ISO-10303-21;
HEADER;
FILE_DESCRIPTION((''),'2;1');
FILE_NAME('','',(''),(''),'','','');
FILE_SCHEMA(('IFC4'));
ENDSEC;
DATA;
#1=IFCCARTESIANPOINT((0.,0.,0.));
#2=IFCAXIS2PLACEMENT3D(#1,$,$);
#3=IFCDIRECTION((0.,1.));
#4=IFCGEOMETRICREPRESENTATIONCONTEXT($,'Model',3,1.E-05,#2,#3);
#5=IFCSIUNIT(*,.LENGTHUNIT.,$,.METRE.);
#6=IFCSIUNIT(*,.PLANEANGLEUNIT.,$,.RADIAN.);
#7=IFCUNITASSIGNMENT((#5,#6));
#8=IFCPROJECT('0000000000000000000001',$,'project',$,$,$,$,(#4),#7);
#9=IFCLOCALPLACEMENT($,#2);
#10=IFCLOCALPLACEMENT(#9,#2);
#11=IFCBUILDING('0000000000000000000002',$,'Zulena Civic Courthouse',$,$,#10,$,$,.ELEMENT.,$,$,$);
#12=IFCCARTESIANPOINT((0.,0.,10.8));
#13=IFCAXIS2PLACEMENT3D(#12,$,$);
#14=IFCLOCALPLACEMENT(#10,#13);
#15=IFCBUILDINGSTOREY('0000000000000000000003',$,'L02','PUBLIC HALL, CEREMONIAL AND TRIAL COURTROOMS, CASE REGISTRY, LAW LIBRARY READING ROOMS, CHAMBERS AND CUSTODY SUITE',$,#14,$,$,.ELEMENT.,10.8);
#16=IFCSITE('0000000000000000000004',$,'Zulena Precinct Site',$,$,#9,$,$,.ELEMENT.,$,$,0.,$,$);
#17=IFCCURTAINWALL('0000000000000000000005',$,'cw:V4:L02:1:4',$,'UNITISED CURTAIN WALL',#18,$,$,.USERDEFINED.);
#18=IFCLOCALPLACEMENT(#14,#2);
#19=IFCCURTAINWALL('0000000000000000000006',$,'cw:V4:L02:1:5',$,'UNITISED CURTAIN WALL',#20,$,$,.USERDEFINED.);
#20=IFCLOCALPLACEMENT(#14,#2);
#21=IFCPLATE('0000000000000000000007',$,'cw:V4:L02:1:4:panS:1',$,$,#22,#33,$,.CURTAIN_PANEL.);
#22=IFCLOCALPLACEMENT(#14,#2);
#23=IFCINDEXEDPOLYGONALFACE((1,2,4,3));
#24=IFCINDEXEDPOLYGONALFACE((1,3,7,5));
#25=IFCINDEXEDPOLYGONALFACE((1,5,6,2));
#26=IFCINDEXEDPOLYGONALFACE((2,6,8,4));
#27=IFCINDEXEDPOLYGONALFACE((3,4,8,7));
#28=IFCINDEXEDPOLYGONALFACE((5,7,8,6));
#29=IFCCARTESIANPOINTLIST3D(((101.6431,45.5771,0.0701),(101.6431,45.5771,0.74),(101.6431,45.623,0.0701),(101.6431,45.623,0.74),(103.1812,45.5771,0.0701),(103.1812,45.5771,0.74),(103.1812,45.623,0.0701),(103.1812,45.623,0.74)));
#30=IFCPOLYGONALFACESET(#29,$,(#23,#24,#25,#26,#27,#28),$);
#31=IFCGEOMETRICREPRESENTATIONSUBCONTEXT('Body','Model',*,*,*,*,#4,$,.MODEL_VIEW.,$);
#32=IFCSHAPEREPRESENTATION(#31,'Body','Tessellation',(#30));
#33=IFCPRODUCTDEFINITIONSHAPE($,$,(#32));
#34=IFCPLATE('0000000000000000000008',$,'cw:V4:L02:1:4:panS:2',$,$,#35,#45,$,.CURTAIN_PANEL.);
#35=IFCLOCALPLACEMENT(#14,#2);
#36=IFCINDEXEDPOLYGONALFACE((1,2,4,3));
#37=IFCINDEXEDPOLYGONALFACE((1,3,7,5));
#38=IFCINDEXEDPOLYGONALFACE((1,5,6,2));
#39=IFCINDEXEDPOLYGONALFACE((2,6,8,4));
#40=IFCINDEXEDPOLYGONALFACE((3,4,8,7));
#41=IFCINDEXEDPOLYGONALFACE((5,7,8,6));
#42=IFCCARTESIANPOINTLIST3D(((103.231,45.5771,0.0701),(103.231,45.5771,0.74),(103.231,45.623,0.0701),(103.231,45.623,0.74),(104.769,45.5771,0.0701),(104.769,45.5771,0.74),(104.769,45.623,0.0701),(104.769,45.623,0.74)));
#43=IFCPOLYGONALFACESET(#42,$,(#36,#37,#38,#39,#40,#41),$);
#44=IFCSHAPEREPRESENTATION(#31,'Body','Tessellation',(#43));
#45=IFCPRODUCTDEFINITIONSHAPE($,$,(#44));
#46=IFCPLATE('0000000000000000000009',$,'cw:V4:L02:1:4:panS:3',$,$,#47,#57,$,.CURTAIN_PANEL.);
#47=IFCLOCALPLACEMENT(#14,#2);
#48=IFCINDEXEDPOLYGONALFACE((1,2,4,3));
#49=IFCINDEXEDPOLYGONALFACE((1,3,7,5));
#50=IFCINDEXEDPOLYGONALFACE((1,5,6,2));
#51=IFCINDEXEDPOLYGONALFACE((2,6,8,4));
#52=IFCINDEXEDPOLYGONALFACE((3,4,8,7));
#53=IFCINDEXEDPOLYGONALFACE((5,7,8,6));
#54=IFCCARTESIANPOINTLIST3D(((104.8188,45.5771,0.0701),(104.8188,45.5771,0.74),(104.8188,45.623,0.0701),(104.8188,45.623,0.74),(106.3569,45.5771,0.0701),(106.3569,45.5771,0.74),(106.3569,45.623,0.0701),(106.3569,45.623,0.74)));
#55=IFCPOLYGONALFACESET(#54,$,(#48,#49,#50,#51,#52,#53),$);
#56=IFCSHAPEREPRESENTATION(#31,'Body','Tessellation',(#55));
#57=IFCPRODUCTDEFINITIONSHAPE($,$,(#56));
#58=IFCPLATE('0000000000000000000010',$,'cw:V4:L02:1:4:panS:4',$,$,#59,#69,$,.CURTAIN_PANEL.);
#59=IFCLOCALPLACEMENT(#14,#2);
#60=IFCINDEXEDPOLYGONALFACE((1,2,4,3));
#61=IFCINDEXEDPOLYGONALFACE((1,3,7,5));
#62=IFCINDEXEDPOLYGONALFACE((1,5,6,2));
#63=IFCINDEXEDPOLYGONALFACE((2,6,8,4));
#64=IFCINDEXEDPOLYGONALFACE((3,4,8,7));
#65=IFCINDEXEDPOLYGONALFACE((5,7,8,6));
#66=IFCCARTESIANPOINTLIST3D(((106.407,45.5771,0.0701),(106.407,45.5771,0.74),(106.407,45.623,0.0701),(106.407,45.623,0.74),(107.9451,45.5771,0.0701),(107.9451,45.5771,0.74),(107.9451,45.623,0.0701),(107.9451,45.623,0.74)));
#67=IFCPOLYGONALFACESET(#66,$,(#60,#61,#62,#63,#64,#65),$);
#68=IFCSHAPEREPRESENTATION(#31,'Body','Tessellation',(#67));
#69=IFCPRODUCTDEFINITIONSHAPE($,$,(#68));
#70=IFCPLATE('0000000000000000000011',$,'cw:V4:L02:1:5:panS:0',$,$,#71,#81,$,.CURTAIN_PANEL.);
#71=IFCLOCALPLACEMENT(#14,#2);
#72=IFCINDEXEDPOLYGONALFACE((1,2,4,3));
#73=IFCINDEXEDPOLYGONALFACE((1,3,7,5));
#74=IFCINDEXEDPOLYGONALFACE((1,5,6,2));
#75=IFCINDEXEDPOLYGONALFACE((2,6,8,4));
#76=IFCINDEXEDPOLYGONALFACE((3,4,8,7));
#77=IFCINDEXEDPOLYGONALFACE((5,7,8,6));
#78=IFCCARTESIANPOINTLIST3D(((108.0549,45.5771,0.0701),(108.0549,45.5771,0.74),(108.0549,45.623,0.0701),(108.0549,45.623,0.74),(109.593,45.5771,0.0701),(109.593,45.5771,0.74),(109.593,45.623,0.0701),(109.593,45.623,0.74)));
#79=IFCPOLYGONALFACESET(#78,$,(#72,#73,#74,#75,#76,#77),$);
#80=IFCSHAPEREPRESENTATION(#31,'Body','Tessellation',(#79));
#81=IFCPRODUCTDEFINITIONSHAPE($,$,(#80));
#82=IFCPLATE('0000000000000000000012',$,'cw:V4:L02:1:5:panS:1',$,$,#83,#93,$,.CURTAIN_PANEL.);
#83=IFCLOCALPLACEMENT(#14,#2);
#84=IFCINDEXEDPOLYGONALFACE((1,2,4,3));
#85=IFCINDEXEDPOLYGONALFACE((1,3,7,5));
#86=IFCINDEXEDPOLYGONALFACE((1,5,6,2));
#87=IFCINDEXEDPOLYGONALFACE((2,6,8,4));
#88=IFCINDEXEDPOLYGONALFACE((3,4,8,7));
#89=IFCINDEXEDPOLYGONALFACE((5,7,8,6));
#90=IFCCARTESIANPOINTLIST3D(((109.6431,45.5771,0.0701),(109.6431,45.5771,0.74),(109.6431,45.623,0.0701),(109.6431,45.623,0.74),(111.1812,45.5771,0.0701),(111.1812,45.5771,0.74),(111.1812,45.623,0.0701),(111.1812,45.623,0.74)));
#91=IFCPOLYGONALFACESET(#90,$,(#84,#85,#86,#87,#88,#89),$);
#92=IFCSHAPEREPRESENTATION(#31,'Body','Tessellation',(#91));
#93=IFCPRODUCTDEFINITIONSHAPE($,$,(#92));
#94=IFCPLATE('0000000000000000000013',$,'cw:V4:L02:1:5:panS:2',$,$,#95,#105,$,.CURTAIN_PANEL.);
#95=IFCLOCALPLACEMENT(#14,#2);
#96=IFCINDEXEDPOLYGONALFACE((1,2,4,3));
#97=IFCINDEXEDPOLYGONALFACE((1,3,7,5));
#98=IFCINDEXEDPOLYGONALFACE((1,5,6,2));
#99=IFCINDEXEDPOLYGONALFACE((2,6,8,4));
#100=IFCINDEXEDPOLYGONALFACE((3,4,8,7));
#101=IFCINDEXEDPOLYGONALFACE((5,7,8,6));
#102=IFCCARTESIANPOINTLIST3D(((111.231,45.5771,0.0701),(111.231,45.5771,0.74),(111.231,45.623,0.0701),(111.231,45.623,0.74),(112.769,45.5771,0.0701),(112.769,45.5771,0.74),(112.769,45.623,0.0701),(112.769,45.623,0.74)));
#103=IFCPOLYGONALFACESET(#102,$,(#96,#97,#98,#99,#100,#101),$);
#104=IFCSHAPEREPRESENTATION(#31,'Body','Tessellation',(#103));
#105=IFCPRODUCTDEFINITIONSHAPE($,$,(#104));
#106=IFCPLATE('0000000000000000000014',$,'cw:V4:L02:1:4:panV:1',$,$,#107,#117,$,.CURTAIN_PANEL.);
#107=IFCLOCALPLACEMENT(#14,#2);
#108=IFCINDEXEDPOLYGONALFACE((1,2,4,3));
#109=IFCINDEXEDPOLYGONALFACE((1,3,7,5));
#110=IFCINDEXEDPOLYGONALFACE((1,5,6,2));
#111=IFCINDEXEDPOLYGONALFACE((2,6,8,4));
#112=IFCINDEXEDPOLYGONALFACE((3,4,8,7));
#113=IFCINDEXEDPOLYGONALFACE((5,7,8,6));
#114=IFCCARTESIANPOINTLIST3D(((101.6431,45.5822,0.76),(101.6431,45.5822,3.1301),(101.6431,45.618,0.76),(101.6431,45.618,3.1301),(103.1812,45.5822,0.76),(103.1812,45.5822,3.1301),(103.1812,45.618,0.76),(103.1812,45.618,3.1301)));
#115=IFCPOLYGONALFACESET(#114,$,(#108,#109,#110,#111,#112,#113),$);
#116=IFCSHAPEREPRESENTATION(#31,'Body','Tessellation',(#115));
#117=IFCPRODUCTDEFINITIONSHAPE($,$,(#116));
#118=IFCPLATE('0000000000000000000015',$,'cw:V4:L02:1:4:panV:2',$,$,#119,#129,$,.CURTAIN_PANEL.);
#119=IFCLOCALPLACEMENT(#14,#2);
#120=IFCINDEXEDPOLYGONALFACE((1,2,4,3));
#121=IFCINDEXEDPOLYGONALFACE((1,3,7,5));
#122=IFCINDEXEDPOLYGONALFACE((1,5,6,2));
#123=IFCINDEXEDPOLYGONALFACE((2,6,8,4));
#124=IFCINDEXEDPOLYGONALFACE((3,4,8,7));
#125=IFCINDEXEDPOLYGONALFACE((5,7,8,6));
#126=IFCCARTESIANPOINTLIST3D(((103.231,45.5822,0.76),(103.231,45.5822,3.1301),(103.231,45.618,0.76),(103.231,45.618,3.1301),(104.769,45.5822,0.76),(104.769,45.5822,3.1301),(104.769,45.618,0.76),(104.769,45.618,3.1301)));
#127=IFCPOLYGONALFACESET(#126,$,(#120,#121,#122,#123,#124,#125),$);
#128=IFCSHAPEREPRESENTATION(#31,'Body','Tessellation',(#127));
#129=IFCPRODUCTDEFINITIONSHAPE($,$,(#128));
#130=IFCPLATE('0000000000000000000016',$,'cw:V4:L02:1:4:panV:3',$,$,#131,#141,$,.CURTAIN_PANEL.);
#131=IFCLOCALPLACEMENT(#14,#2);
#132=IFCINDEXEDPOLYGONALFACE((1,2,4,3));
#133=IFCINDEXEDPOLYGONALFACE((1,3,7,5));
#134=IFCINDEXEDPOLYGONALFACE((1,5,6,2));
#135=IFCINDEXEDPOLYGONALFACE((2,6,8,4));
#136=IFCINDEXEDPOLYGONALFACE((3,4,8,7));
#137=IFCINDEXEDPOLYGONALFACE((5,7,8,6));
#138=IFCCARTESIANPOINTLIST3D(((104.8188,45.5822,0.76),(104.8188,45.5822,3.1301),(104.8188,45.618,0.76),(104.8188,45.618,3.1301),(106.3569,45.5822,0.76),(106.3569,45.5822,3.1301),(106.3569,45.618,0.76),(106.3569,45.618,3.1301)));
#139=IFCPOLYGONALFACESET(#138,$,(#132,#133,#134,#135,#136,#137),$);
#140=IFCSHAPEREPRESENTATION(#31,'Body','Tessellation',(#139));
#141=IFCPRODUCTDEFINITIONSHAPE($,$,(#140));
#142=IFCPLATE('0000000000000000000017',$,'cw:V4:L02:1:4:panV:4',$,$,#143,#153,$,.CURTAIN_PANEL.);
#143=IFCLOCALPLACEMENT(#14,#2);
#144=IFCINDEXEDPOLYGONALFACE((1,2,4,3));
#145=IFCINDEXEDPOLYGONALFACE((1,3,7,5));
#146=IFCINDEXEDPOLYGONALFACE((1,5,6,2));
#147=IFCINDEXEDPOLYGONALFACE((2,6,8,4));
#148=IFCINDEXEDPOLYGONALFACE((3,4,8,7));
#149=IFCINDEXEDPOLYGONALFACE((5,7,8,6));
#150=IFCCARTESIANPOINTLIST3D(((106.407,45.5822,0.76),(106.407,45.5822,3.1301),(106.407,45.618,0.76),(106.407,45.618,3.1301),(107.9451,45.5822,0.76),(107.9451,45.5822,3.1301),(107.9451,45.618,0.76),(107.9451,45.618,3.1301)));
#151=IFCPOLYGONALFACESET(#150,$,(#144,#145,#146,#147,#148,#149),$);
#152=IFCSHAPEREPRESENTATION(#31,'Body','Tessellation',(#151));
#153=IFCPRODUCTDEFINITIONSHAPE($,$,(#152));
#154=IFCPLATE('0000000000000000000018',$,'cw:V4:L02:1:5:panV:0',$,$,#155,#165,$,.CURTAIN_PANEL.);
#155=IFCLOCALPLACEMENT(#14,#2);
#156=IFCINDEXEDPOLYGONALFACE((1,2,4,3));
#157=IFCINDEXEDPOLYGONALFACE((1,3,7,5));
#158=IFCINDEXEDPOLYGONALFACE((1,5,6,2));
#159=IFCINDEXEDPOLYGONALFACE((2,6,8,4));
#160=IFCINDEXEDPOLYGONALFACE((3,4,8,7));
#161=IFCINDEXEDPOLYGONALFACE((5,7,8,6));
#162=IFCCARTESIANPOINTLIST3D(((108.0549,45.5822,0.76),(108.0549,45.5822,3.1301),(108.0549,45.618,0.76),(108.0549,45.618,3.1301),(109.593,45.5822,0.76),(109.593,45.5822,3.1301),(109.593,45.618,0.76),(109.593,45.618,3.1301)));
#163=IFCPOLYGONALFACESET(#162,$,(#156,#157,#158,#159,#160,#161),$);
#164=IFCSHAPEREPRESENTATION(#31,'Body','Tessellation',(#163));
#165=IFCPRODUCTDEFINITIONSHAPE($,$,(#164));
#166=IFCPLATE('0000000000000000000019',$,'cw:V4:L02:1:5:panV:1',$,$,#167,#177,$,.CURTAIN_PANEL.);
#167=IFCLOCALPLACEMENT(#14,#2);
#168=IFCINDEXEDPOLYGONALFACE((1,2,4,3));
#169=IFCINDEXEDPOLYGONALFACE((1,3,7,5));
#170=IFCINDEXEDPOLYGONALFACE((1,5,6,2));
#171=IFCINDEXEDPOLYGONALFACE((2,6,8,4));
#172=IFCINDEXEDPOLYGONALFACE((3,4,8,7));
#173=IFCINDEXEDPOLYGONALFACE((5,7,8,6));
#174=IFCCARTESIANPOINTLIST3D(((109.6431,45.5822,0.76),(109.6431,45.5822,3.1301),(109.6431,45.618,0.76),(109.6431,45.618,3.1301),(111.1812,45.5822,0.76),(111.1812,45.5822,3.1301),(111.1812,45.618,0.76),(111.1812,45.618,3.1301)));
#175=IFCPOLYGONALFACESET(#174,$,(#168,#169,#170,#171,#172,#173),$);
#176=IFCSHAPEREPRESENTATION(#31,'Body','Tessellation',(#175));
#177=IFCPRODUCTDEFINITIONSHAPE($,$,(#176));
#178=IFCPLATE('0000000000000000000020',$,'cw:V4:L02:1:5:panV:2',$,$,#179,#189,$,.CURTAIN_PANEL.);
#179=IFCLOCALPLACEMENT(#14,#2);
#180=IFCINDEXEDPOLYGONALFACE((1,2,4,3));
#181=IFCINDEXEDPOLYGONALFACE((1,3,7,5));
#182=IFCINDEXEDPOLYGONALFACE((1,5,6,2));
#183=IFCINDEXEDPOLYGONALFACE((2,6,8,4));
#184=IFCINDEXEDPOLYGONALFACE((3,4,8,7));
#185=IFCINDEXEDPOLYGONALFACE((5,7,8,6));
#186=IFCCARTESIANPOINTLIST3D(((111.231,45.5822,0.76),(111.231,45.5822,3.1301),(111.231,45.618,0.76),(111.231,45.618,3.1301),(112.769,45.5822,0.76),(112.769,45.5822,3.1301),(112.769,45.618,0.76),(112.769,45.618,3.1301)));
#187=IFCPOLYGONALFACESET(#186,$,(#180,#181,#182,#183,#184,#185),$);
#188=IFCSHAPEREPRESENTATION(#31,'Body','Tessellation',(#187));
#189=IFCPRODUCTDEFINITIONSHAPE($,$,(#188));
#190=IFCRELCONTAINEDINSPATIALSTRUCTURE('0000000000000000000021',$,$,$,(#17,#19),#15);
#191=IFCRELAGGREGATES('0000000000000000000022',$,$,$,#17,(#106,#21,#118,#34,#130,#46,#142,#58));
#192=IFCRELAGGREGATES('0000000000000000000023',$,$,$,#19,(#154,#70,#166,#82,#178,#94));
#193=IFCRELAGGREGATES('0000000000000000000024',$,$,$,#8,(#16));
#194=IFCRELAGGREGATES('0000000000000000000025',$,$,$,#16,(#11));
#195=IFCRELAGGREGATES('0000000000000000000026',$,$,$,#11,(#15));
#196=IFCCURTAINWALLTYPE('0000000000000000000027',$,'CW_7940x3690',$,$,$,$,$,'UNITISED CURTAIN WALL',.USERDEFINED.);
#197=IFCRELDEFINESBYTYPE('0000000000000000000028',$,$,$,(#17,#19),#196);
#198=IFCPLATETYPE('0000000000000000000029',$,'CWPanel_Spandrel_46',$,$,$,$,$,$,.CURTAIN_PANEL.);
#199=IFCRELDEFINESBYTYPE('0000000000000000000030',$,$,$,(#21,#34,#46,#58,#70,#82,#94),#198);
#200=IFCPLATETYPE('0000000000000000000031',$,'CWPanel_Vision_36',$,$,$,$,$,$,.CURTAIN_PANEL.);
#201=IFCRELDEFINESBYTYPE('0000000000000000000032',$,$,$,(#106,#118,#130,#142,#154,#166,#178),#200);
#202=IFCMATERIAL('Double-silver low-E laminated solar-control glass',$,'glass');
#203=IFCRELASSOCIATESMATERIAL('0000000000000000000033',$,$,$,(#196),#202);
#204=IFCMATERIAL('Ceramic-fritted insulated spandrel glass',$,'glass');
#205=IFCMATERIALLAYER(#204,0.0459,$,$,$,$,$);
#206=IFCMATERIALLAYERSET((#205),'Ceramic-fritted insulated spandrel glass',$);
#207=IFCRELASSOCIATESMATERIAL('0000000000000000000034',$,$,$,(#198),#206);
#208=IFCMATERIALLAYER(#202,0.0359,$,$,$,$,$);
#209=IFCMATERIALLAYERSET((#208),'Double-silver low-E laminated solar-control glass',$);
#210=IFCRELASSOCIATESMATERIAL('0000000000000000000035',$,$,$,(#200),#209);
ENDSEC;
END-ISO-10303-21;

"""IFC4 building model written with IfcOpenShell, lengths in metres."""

from ifc_helpers import new_model, si_unit, direction, frame, origin, origin_2d, place, context, subcontext, project, spatial, rectangle, extrude, material, layer, layer_set, type_object, element, aggregate, save


model = new_model("IFC4")

# Units and contexts
model_context = context("Model", 3, precision=1e-05, world=origin(), true_north=direction((0.0, 1.0)))
body_context = subcontext(model_context, "Body", "Model", "MODEL_VIEW")
ifc_project = project(units=[si_unit("LENGTHUNIT", "METRE"), si_unit("PLANEANGLEUNIT", "RADIAN")], contexts=[model_context])

# Site, building, storey
site_placement = place(None, origin())
site = spatial("IfcSite", under=ifc_project, at=site_placement, Name="Zulena Precinct Site", CompositionType="ELEMENT", RefElevation=0.0)
building_placement = place(site_placement, origin())
building = spatial("IfcBuilding", under=site, at=building_placement, Name="Zulena Civic Courthouse", CompositionType="ELEMENT")
storey_placement = place(building_placement, frame((0.0, 0.0, 10.8)))
storey = spatial("IfcBuildingStorey", under=building, at=storey_placement, Name="L02", Description="PUBLIC HALL, CEREMONIAL AND TRIAL COURTROOMS, CASE REGISTRY, LAW LIBRARY READING ROOMS, CHAMBERS AND CUSTODY SUITE", CompositionType="ELEMENT", Elevation=10.8)

# Curtain walls
ifc_material_1 = material(Name="Double-silver low-E laminated solar-control glass", Category="glass")
curtain_wall_type = type_object("IfcCurtainWallType", Name="CW_7940x3690", ElementType="UNITISED CURTAIN WALL", PredefinedType="USERDEFINED", material=ifc_material_1)
curtain_wall_1_placement = place(storey_placement, origin())
curtain_wall_1 = element("IfcCurtainWall", 1, at=curtain_wall_1_placement, inside=storey, type_object=curtain_wall_type, Name="cw:V4:L02:1:4", ObjectType="UNITISED CURTAIN WALL", PredefinedType="USERDEFINED")
curtain_wall_2_placement = place(storey_placement, origin())
curtain_wall_2 = element("IfcCurtainWall", 2, at=curtain_wall_2_placement, inside=storey, type_object=curtain_wall_type, Name="cw:V4:L02:1:5", ObjectType="UNITISED CURTAIN WALL", PredefinedType="USERDEFINED")

# Plates
ifc_material_2 = material(Name="Ceramic-fritted insulated spandrel glass", Category="glass")
ifc_layer_1 = layer(ifc_material_2, 0.0459)
ifc_layer_set_1 = layer_set([ifc_layer_1], Name="Ceramic-fritted insulated spandrel glass")
plate_type_1 = type_object("IfcPlateType", Name="CWPanel_Spandrel_46", PredefinedType="CURTAIN_PANEL", material=ifc_layer_set_1)
plate_1_placement = place(storey_placement, frame((102.4121, 45.6001, 0.0701), z_axis=(0.0, 0.0, 1.0), x_axis=(1.0, 0.0, 0.0)))
plate_1 = element("IfcPlate", 3, at=plate_1_placement, type_object=plate_type_1, Name="cw:V4:L02:1:4:panS:1", PredefinedType="CURTAIN_PANEL", context=body_context, shape_type="SweptSolid", body=[
    extrude(rectangle(XDim=1.5381, YDim=0.0459, at=origin_2d()), origin(), (0.0, 0.0, 1.0), 0.6699),
])
plate_2_placement = place(storey_placement, frame((104.0, 45.6001, 0.0701), z_axis=(0.0, 0.0, 1.0), x_axis=(1.0, 0.0, 0.0)))
plate_2 = element("IfcPlate", 4, at=plate_2_placement, type_object=plate_type_1, Name="cw:V4:L02:1:4:panS:2", PredefinedType="CURTAIN_PANEL", context=body_context, shape_type="SweptSolid", body=[
    extrude(rectangle(XDim=1.5381, YDim=0.0459, at=origin_2d()), origin(), (0.0, 0.0, 1.0), 0.6699),
])
plate_3_placement = place(storey_placement, frame((105.5879, 45.6001, 0.0701), z_axis=(0.0, 0.0, 1.0), x_axis=(1.0, 0.0, 0.0)))
plate_3 = element("IfcPlate", 5, at=plate_3_placement, type_object=plate_type_1, Name="cw:V4:L02:1:4:panS:3", PredefinedType="CURTAIN_PANEL", context=body_context, shape_type="SweptSolid", body=[
    extrude(rectangle(XDim=1.5381, YDim=0.0459, at=origin_2d()), origin(), (0.0, 0.0, 1.0), 0.6699),
])
plate_4_placement = place(storey_placement, frame((107.176, 45.6001, 0.0701), z_axis=(0.0, 0.0, 1.0), x_axis=(1.0, 0.0, 0.0)))
plate_4 = element("IfcPlate", 6, at=plate_4_placement, type_object=plate_type_1, Name="cw:V4:L02:1:4:panS:4", PredefinedType="CURTAIN_PANEL", context=body_context, shape_type="SweptSolid", body=[
    extrude(rectangle(XDim=1.5381, YDim=0.0459, at=origin_2d()), origin(), (0.0, 0.0, 1.0), 0.6699),
])
plate_5_placement = place(storey_placement, frame((108.824, 45.6001, 0.0701), z_axis=(0.0, 0.0, 1.0), x_axis=(1.0, 0.0, 0.0)))
plate_5 = element("IfcPlate", 7, at=plate_5_placement, type_object=plate_type_1, Name="cw:V4:L02:1:5:panS:0", PredefinedType="CURTAIN_PANEL", context=body_context, shape_type="SweptSolid", body=[
    extrude(rectangle(XDim=1.5381, YDim=0.0459, at=origin_2d()), origin(), (0.0, 0.0, 1.0), 0.6699),
])
plate_6_placement = place(storey_placement, frame((110.4121, 45.6001, 0.0701), z_axis=(0.0, 0.0, 1.0), x_axis=(1.0, 0.0, 0.0)))
plate_6 = element("IfcPlate", 8, at=plate_6_placement, type_object=plate_type_1, Name="cw:V4:L02:1:5:panS:1", PredefinedType="CURTAIN_PANEL", context=body_context, shape_type="SweptSolid", body=[
    extrude(rectangle(XDim=1.5381, YDim=0.0459, at=origin_2d()), origin(), (0.0, 0.0, 1.0), 0.6699),
])
plate_7_placement = place(storey_placement, frame((112.0, 45.6001, 0.0701), z_axis=(0.0, 0.0, 1.0), x_axis=(1.0, 0.0, 0.0)))
plate_7 = element("IfcPlate", 9, at=plate_7_placement, type_object=plate_type_1, Name="cw:V4:L02:1:5:panS:2", PredefinedType="CURTAIN_PANEL", context=body_context, shape_type="SweptSolid", body=[
    extrude(rectangle(XDim=1.5381, YDim=0.0459, at=origin_2d()), origin(), (0.0, 0.0, 1.0), 0.6699),
])
ifc_layer_2 = layer(ifc_material_1, 0.0359)
ifc_layer_set_2 = layer_set([ifc_layer_2], Name="Double-silver low-E laminated solar-control glass")
plate_type_2 = type_object("IfcPlateType", Name="CWPanel_Vision_36", PredefinedType="CURTAIN_PANEL", material=ifc_layer_set_2)
plate_8_placement = place(storey_placement, frame((102.4121, 45.6001, 0.76), z_axis=(0.0, 0.0, 1.0), x_axis=(1.0, 0.0, 0.0)))
plate_8 = element("IfcPlate", 10, at=plate_8_placement, type_object=plate_type_2, Name="cw:V4:L02:1:4:panV:1", PredefinedType="CURTAIN_PANEL", context=body_context, shape_type="SweptSolid", body=[
    extrude(rectangle(XDim=1.5381, YDim=0.0359, at=origin_2d()), origin(), (0.0, 0.0, 1.0), 2.3701),
])
plate_9_placement = place(storey_placement, frame((104.0, 45.6001, 0.76), z_axis=(0.0, 0.0, 1.0), x_axis=(1.0, 0.0, 0.0)))
plate_9 = element("IfcPlate", 11, at=plate_9_placement, type_object=plate_type_2, Name="cw:V4:L02:1:4:panV:2", PredefinedType="CURTAIN_PANEL", context=body_context, shape_type="SweptSolid", body=[
    extrude(rectangle(XDim=1.5381, YDim=0.0359, at=origin_2d()), origin(), (0.0, 0.0, 1.0), 2.3701),
])
plate_10_placement = place(storey_placement, frame((105.5879, 45.6001, 0.76), z_axis=(0.0, 0.0, 1.0), x_axis=(1.0, 0.0, 0.0)))
plate_10 = element("IfcPlate", 12, at=plate_10_placement, type_object=plate_type_2, Name="cw:V4:L02:1:4:panV:3", PredefinedType="CURTAIN_PANEL", context=body_context, shape_type="SweptSolid", body=[
    extrude(rectangle(XDim=1.5381, YDim=0.0359, at=origin_2d()), origin(), (0.0, 0.0, 1.0), 2.3701),
])
plate_11_placement = place(storey_placement, frame((107.176, 45.6001, 0.76), z_axis=(0.0, 0.0, 1.0), x_axis=(1.0, 0.0, 0.0)))
plate_11 = element("IfcPlate", 13, at=plate_11_placement, type_object=plate_type_2, Name="cw:V4:L02:1:4:panV:4", PredefinedType="CURTAIN_PANEL", context=body_context, shape_type="SweptSolid", body=[
    extrude(rectangle(XDim=1.5381, YDim=0.0359, at=origin_2d()), origin(), (0.0, 0.0, 1.0), 2.3701),
])
aggregate(curtain_wall_1, [plate_8, plate_1, plate_9, plate_2, plate_10, plate_3, plate_11, plate_4])
plate_12_placement = place(storey_placement, frame((108.824, 45.6001, 0.76), z_axis=(0.0, 0.0, 1.0), x_axis=(1.0, 0.0, 0.0)))
plate_12 = element("IfcPlate", 14, at=plate_12_placement, type_object=plate_type_2, Name="cw:V4:L02:1:5:panV:0", PredefinedType="CURTAIN_PANEL", context=body_context, shape_type="SweptSolid", body=[
    extrude(rectangle(XDim=1.5381, YDim=0.0359, at=origin_2d()), origin(), (0.0, 0.0, 1.0), 2.3701),
])
plate_13_placement = place(storey_placement, frame((110.4121, 45.6001, 0.76), z_axis=(0.0, 0.0, 1.0), x_axis=(1.0, 0.0, 0.0)))
plate_13 = element("IfcPlate", 15, at=plate_13_placement, type_object=plate_type_2, Name="cw:V4:L02:1:5:panV:1", PredefinedType="CURTAIN_PANEL", context=body_context, shape_type="SweptSolid", body=[
    extrude(rectangle(XDim=1.5381, YDim=0.0359, at=origin_2d()), origin(), (0.0, 0.0, 1.0), 2.3701),
])
plate_14_placement = place(storey_placement, frame((112.0, 45.6001, 0.76), z_axis=(0.0, 0.0, 1.0), x_axis=(1.0, 0.0, 0.0)))
plate_14 = element("IfcPlate", 16, at=plate_14_placement, type_object=plate_type_2, Name="cw:V4:L02:1:5:panV:2", PredefinedType="CURTAIN_PANEL", context=body_context, shape_type="SweptSolid", body=[
    extrude(rectangle(XDim=1.5381, YDim=0.0359, at=origin_2d()), origin(), (0.0, 0.0, 1.0), 2.3701),
])
aggregate(curtain_wall_2, [plate_12, plate_5, plate_13, plate_6, plate_14, plate_7])

save(model, "model.ifc")
